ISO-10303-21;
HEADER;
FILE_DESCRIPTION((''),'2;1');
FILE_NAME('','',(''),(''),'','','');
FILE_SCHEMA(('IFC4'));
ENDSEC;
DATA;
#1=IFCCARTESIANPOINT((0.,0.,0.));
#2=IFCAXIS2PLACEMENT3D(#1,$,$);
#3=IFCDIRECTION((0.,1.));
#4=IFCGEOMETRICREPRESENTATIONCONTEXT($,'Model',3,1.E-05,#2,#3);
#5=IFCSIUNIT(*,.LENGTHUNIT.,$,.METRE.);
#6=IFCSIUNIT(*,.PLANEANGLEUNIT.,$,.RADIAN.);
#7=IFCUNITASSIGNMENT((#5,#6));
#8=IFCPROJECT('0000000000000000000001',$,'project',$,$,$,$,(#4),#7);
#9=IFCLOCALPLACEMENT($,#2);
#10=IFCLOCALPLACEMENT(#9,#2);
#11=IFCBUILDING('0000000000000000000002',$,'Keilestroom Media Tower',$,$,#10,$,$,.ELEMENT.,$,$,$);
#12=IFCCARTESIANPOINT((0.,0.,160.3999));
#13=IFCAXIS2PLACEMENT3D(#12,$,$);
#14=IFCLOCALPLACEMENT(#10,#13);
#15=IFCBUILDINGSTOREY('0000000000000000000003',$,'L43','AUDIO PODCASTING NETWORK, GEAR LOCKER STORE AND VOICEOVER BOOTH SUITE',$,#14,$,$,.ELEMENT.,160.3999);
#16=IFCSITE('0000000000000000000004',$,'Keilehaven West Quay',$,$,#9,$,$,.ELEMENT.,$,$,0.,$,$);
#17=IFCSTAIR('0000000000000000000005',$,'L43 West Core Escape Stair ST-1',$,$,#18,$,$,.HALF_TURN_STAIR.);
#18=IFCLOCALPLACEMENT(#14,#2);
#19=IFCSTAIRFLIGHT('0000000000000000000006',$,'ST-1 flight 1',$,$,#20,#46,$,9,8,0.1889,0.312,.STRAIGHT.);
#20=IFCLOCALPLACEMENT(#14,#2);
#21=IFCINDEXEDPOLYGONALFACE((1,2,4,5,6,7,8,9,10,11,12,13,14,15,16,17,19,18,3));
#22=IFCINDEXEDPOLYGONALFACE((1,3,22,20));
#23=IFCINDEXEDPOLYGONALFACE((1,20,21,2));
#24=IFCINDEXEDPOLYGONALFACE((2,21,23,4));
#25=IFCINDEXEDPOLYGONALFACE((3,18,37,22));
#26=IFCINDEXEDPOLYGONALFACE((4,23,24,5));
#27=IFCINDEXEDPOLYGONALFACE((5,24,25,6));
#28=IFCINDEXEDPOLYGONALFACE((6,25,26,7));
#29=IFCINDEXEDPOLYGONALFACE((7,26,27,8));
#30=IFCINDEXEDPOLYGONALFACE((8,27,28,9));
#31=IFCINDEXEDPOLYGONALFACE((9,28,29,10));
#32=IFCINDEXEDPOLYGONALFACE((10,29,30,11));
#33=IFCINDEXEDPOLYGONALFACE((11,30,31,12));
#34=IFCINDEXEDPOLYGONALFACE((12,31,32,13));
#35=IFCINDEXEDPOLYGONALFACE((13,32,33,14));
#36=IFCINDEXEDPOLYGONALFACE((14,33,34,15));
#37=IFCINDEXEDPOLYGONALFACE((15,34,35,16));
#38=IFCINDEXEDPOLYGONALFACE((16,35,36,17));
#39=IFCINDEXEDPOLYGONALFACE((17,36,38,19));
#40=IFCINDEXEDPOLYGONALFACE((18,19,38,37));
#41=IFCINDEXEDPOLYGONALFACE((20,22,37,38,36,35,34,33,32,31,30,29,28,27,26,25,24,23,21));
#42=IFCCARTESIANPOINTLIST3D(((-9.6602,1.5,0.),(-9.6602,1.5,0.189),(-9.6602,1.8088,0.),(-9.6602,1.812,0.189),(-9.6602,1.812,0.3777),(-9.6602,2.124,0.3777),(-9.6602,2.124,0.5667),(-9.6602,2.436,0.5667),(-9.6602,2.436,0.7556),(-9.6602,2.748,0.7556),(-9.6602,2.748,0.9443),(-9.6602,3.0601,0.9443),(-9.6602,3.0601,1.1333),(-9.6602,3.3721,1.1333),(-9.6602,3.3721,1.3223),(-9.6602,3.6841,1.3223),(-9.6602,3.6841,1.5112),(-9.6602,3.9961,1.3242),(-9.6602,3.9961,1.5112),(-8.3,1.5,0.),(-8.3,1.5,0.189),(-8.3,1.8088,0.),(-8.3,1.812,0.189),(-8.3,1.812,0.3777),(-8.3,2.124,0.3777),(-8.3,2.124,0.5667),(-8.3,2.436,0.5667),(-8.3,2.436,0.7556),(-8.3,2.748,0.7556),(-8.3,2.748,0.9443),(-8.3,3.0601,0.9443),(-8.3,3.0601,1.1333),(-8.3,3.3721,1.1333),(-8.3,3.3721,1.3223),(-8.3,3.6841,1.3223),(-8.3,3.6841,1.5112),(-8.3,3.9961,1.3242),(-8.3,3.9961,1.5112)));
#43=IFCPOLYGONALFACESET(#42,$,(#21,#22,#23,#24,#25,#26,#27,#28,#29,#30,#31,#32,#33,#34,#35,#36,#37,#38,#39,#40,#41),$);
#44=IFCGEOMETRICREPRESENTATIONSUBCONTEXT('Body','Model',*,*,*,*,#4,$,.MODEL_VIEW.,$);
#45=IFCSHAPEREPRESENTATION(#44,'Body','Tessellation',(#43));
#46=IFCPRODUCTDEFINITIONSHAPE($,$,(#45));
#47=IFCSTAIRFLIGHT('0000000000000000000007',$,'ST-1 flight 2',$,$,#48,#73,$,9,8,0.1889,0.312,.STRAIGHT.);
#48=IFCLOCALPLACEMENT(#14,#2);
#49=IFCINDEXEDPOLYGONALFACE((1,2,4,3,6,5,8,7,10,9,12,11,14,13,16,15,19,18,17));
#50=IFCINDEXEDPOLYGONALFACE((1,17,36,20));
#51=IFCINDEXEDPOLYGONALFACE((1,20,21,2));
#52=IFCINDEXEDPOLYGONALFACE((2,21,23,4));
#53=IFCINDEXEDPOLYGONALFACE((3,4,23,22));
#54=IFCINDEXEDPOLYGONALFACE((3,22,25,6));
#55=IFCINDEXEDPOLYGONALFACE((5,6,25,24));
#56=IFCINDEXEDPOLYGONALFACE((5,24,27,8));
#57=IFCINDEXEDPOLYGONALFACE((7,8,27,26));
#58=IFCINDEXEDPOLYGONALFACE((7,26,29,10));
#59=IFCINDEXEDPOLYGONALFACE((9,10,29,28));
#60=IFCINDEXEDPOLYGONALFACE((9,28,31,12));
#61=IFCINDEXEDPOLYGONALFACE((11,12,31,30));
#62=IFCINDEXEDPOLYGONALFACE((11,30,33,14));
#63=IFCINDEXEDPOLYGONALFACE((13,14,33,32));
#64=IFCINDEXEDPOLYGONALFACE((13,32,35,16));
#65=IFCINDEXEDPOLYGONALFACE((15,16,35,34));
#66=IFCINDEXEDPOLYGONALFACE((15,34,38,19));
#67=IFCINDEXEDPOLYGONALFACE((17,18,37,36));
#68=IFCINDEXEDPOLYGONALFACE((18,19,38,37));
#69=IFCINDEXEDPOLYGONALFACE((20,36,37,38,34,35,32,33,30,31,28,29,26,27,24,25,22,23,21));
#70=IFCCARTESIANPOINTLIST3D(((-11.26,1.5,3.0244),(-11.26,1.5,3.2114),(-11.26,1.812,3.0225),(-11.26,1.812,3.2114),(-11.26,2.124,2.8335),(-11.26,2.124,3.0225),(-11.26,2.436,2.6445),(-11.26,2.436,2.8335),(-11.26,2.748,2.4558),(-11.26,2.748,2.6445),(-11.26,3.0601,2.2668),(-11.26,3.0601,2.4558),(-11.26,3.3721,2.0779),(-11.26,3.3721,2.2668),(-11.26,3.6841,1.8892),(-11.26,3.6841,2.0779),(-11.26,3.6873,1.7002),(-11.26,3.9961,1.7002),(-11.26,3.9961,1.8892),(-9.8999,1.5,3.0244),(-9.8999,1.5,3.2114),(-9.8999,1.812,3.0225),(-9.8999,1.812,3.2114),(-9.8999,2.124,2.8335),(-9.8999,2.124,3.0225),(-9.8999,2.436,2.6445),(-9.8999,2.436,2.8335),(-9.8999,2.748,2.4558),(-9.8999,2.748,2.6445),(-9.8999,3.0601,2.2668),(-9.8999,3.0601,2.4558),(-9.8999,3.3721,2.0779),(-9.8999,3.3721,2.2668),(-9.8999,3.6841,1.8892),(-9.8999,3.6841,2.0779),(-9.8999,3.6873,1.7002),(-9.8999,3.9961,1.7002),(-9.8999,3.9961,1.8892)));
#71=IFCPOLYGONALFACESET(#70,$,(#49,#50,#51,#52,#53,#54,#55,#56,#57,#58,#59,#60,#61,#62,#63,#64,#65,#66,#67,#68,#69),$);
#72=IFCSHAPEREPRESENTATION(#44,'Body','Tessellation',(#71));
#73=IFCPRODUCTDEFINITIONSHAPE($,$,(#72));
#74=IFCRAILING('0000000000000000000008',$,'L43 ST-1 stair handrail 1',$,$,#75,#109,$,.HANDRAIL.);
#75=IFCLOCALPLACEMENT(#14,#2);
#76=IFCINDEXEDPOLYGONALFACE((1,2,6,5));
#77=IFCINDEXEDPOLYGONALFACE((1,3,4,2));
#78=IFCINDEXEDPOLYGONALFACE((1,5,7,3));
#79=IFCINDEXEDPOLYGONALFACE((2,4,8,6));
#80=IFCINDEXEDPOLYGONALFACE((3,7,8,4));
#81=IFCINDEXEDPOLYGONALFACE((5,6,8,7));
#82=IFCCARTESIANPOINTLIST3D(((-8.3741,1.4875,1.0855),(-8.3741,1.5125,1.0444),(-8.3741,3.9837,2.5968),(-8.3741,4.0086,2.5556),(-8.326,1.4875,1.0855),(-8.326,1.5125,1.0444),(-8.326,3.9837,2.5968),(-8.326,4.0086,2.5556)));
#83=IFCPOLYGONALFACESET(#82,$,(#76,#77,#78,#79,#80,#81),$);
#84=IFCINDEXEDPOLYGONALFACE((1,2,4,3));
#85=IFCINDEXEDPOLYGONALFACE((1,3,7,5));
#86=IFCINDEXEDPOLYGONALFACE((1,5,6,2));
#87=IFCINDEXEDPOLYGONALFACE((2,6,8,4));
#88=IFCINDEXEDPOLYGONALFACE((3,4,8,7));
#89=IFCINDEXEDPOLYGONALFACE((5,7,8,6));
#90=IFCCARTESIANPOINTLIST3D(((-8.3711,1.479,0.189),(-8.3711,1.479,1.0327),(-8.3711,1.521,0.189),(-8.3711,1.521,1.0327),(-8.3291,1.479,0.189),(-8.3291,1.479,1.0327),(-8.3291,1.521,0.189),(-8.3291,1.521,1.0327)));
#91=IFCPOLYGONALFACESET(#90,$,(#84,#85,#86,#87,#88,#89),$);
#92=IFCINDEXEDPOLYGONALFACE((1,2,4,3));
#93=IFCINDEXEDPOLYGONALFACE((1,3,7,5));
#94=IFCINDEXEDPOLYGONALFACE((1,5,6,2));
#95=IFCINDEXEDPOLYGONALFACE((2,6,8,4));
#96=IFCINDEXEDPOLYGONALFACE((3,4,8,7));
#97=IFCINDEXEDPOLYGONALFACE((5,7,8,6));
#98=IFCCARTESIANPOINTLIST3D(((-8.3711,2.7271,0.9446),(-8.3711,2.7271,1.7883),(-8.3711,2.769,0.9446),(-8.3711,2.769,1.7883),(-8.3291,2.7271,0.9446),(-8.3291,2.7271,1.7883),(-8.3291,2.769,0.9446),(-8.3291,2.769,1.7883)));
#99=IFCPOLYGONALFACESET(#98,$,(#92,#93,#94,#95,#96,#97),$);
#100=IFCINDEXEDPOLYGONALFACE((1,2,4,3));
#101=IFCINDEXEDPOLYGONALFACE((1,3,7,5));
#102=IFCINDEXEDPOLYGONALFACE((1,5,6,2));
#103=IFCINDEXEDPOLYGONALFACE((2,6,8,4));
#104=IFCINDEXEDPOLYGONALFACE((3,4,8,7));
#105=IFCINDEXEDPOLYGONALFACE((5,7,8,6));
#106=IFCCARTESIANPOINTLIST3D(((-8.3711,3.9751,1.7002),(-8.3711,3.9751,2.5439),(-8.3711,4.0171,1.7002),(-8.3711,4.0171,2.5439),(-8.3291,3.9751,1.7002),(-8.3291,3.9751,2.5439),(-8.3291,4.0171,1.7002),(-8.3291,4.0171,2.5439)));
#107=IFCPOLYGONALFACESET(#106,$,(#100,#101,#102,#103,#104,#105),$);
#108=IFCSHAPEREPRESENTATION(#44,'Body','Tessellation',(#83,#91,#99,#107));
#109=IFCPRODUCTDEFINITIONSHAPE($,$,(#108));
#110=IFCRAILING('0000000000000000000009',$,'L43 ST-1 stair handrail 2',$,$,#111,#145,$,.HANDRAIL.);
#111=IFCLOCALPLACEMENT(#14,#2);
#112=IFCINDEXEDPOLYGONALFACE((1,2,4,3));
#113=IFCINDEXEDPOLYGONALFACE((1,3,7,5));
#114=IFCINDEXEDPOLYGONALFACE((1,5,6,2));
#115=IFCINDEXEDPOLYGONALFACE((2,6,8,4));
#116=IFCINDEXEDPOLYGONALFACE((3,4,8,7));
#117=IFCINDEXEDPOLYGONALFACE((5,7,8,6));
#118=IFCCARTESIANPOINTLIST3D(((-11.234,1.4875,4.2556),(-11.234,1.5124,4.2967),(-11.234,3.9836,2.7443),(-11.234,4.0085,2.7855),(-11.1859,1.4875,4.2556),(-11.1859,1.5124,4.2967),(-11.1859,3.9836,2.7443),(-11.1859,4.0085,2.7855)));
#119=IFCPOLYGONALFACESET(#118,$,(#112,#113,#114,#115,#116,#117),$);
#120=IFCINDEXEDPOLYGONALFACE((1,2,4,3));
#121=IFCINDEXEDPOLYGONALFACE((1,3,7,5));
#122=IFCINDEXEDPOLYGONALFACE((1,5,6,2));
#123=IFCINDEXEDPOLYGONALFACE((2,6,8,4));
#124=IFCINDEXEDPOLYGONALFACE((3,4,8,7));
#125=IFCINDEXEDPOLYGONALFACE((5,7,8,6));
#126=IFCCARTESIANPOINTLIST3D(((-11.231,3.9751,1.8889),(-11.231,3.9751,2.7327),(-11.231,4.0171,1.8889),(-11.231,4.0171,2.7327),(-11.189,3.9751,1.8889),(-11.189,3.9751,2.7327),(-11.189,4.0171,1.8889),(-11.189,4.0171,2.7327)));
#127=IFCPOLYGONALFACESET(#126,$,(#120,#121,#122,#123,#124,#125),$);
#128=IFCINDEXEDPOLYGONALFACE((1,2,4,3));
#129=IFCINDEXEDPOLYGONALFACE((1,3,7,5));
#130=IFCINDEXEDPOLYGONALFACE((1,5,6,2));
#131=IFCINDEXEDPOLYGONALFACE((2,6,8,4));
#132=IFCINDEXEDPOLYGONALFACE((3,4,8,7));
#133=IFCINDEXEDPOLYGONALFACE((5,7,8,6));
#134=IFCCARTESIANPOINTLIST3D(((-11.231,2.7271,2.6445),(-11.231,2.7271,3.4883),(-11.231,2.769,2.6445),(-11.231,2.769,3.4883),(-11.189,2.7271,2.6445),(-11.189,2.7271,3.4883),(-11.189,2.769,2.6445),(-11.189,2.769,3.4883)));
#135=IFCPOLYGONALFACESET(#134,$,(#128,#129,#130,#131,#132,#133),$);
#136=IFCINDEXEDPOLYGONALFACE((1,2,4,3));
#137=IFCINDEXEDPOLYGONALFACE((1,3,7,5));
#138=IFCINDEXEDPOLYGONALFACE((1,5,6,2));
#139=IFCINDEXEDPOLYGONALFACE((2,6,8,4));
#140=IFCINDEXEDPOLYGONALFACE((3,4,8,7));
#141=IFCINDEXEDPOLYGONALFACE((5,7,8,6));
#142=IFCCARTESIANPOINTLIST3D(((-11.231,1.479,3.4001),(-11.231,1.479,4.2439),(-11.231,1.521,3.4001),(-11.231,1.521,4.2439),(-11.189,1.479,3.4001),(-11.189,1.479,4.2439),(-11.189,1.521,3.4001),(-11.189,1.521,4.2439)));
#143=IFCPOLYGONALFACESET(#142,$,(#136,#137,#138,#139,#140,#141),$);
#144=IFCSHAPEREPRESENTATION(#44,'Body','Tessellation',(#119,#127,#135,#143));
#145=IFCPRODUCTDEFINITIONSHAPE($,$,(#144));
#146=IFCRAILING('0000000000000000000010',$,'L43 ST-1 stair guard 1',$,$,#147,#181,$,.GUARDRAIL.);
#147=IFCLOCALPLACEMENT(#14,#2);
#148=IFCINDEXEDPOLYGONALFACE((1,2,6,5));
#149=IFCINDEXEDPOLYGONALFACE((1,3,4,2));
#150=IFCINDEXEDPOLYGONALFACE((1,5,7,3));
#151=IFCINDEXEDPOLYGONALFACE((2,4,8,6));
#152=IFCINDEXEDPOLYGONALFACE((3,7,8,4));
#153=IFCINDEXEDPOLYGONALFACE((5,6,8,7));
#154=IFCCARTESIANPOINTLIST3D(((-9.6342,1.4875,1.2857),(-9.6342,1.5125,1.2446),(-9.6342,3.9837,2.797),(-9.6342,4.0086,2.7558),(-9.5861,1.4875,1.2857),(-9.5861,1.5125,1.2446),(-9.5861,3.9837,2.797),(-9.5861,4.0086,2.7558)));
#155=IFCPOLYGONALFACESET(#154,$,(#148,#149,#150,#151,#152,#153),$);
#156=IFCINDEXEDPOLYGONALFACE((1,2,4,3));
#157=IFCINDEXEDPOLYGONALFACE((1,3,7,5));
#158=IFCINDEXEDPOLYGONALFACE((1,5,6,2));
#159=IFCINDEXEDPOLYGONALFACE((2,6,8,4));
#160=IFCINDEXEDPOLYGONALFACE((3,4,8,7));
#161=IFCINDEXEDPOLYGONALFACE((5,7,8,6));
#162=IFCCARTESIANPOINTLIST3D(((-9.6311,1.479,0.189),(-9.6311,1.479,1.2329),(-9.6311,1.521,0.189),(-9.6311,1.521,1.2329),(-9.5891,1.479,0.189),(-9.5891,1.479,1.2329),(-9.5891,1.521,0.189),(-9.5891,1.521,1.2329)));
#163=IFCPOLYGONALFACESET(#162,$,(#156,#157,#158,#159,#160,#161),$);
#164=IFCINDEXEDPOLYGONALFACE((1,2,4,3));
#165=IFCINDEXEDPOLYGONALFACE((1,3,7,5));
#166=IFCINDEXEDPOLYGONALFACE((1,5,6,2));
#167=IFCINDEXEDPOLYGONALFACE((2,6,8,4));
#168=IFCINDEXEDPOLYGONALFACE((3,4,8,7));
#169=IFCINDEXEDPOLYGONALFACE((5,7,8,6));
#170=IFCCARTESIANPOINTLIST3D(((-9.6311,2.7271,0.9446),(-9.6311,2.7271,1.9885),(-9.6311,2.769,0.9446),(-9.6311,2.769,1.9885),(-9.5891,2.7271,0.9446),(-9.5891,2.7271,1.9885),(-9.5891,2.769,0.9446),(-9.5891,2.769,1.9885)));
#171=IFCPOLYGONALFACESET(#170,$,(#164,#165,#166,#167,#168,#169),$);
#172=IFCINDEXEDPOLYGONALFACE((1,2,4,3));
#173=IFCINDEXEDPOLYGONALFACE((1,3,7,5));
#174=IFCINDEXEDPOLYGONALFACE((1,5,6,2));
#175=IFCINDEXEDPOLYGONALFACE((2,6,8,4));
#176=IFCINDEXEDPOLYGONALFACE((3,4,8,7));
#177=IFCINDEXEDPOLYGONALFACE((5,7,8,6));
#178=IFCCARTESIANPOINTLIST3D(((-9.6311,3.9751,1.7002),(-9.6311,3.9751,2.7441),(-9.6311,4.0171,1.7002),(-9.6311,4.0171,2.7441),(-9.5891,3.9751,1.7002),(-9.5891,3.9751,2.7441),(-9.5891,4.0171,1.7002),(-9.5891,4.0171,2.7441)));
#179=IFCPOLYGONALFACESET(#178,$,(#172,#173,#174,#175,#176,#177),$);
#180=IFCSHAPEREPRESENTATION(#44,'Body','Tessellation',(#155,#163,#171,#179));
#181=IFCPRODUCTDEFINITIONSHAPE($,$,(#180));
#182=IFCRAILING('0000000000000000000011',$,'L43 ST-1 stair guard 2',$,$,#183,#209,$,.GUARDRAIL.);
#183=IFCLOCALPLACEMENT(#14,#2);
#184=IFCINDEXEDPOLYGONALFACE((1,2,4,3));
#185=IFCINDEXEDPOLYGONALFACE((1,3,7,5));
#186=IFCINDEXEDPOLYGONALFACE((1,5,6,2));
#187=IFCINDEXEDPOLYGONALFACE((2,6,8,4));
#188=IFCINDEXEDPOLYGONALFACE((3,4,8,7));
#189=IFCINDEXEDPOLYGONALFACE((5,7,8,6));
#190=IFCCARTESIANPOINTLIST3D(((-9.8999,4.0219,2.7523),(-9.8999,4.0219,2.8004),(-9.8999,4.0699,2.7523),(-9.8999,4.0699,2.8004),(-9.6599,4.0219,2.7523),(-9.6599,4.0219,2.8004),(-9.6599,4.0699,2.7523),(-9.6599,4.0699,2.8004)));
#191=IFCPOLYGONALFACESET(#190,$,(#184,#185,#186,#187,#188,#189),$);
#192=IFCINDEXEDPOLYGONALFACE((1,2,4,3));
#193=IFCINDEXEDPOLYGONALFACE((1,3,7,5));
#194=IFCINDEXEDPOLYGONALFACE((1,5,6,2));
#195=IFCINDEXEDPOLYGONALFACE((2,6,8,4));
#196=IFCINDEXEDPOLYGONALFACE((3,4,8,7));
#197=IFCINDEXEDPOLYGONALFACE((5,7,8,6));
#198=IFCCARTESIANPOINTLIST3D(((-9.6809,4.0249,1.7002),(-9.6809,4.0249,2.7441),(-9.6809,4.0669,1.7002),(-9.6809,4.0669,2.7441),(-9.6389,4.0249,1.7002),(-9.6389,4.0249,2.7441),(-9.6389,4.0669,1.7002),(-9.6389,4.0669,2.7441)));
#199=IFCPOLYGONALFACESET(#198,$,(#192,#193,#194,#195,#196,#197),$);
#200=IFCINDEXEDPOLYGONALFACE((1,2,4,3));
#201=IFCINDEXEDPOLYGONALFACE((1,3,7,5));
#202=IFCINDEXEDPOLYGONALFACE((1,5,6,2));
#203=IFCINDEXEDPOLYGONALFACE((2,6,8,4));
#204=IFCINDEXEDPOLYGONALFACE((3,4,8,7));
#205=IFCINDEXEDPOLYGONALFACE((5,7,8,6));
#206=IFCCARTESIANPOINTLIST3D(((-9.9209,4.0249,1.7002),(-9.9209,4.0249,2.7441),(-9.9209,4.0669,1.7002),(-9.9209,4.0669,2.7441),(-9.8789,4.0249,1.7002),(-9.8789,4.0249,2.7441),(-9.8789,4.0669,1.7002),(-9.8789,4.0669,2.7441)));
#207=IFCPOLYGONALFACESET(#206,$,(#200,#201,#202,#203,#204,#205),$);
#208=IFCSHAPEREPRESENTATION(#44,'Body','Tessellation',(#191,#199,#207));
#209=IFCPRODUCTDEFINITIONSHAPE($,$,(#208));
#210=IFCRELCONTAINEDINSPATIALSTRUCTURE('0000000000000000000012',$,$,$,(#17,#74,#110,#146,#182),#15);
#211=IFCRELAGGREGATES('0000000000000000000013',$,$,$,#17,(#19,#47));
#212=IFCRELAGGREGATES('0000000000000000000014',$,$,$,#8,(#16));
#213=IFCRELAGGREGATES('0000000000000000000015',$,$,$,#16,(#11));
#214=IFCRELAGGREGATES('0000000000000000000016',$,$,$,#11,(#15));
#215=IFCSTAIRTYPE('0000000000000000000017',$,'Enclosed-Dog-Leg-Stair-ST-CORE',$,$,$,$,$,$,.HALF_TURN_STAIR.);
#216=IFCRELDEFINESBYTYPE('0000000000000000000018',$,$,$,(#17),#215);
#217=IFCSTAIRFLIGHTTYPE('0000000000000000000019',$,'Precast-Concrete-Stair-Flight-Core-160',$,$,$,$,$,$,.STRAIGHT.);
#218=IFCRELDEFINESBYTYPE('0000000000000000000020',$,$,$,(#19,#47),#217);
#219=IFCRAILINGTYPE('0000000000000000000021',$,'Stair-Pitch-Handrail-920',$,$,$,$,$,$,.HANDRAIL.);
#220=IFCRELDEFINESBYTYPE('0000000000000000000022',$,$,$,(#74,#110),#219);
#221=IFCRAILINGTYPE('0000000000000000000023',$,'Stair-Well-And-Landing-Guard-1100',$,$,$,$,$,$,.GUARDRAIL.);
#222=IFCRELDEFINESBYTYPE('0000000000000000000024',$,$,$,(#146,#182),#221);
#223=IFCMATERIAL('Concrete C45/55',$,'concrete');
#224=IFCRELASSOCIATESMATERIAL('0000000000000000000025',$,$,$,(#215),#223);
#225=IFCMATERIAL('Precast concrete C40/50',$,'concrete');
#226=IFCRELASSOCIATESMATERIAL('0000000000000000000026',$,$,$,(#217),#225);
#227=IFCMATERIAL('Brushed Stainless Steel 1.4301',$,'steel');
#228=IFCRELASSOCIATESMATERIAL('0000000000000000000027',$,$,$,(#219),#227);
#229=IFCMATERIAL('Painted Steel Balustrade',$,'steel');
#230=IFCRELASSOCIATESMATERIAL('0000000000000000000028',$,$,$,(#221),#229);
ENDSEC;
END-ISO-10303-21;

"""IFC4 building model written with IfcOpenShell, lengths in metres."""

from ifc_helpers import new_model, si_unit, direction, frame, origin, origin_2d, place, context, subcontext, project, spatial, polyline, rectangle, outline, extrude, material, type_object, element, aggregate, save


model = new_model("IFC4")

# Units and contexts
model_context = context("Model", 3, precision=1e-05, world=origin(), true_north=direction((0.0, 1.0)))
body_context = subcontext(model_context, "Body", "Model", "MODEL_VIEW")
ifc_project = project(units=[si_unit("LENGTHUNIT", "METRE"), si_unit("PLANEANGLEUNIT", "RADIAN")], contexts=[model_context])

# Site, building, storey
site_placement = place(None, origin())
site = spatial("IfcSite", under=ifc_project, at=site_placement, Name="Keilehaven West Quay", CompositionType="ELEMENT", RefElevation=0.0)
building_placement = place(site_placement, origin())
building = spatial("IfcBuilding", under=site, at=building_placement, Name="Keilestroom Media Tower", CompositionType="ELEMENT")
storey_placement = place(building_placement, frame((0.0, 0.0, 160.3999)))
storey = spatial("IfcBuildingStorey", under=building, at=storey_placement, Name="L43", Description="AUDIO PODCASTING NETWORK, GEAR LOCKER STORE AND VOICEOVER BOOTH SUITE", CompositionType="ELEMENT", Elevation=160.3999)

# Shared definitions
ifc_material_1 = material(Name="Precast concrete C40/50", Category="concrete")

# Shared definitions
ifc_material_2 = material(Name="Concrete C45/55", Category="concrete")

# Stair, stair flights
stair_type = type_object("IfcStairType", Name="Enclosed-Dog-Leg-Stair-ST-CORE", PredefinedType="HALF_TURN_STAIR", material=ifc_material_2)
stair_placement = place(storey_placement, origin())
stair = element("IfcStair", 1, at=stair_placement, inside=storey, type_object=stair_type, Name="L43 West Core Escape Stair ST-1", PredefinedType="HALF_TURN_STAIR")
stair_flight_type = type_object("IfcStairFlightType", Name="Precast-Concrete-Stair-Flight-Core-160", PredefinedType="STRAIGHT", material=ifc_material_1)
stair_flight_1_placement = place(storey_placement, frame((-8.98, 1.5, 0.0), z_axis=(0.0, 0.0, 1.0), x_axis=(0.0, 1.0, 0.0)))
stair_flight_1 = element("IfcStairFlight", 2, at=stair_flight_1_placement, type_object=stair_flight_type, Name="ST-1 flight 1", NumberOfRisers=9, NumberOfTreads=8, PredefinedType="STRAIGHT", RiserHeight=0.1889, TreadLength=0.312, context=body_context, shape_type="SweptSolid", body=[
    extrude(outline(polyline([(0.0, 0.0), (0.0, 0.189), (0.312, 0.189), (0.312, 0.3777), (0.624, 0.3777), (0.624, 0.5667), (0.936, 0.5667), (0.936, 0.7556), (1.248, 0.7556), (1.248, 0.9443), (1.5601, 0.9443), (1.5601, 1.1333), (1.8721, 1.1333), (1.8721, 1.3223), (2.1841, 1.3223), (2.1841, 1.5112), (2.4961, 1.5112), (2.4961, 1.7), (2.4961, 1.3242), (0.3088, 0.0), (0.0, 0.0)])), frame((0.0, 0.6802, 0.0), z_axis=(0.0, -1.0, 0.0), x_axis=(1.0, 0.0, 0.0)), (0.0, 0.0, 1.0), 1.3601),
])
stair_flight_2_placement = place(storey_placement, frame((-10.5801, 3.9961, 1.7002), z_axis=(0.0, 0.0, 1.0), x_axis=(0.0, -1.0, 0.0)))
stair_flight_2 = element("IfcStairFlight", 3, at=stair_flight_2_placement, type_object=stair_flight_type, Name="ST-1 flight 2", NumberOfRisers=9, NumberOfTreads=8, PredefinedType="STRAIGHT", RiserHeight=0.1889, TreadLength=0.312, context=body_context, shape_type="SweptSolid", body=[
    extrude(outline(polyline([(0.0, 0.0), (0.0, 0.189), (0.312, 0.189), (0.312, 0.3777), (0.624, 0.3777), (0.624, 0.5667), (0.936, 0.5667), (0.936, 0.7556), (1.248, 0.7556), (1.248, 0.9443), (1.5601, 0.9443), (1.5601, 1.1333), (1.8721, 1.1333), (1.8721, 1.3223), (2.1841, 1.3223), (2.1841, 1.5112), (2.4961, 1.5112), (2.4961, 1.7), (2.4961, 1.3242), (0.3088, 0.0), (0.0, 0.0)])), frame((0.0, 0.6802, 0.0), z_axis=(0.0, -1.0, 0.0), x_axis=(1.0, 0.0, 0.0)), (0.0, 0.0, 1.0), 1.3601),
])
aggregate(stair, [stair_flight_1, stair_flight_2])

# Railings
ifc_material_3 = material(Name="Brushed Stainless Steel 1.4301", Category="steel")
railing_type_1 = type_object("IfcRailingType", Name="Stair-Pitch-Handrail-920", PredefinedType="HANDRAIL", material=ifc_material_3)
railing_1_placement = place(storey_placement, frame((-8.3501, 1.5, 0.189)))
element("IfcRailing", 4, at=railing_1_placement, inside=storey, type_object=railing_type_1, Name="L43 ST-1 stair handrail 1", PredefinedType="HANDRAIL", context=body_context, shape_type="SweptSolid", body=[
    extrude(rectangle(XDim=0.0481, YDim=0.0481, at=origin_2d()), frame((0.0, 0.0, 0.876), z_axis=(0.0, 0.855434, 0.517912), x_axis=(-1.0, 0.0, 0.0)), (0.0, 0.0, 1.0), 2.918),
    extrude(rectangle(XDim=0.042, YDim=0.042, at=origin_2d()), origin(), (0.0, 0.0, 1.0), 0.8438),
    extrude(rectangle(XDim=0.042, YDim=0.042, at=origin_2d()), frame((0.0, 1.248, 0.7556)), (0.0, 0.0, 1.0), 0.8438),
    extrude(rectangle(XDim=0.042, YDim=0.042, at=origin_2d()), frame((0.0, 2.4961, 1.5112)), (0.0, 0.0, 1.0), 0.8438),
])
railing_2_placement = place(storey_placement, frame((-11.21, 3.9961, 1.8889)))
element("IfcRailing", 5, at=railing_2_placement, inside=storey, type_object=railing_type_1, Name="L43 ST-1 stair handrail 2", PredefinedType="HANDRAIL", context=body_context, shape_type="SweptSolid", body=[
    extrude(rectangle(XDim=0.0481, YDim=0.0481, at=origin_2d()), frame((0.0, 0.0, 0.876), z_axis=(0.0, -0.855434, 0.517912), x_axis=(1.0, 0.0, 0.0)), (0.0, 0.0, 1.0), 2.918),
    extrude(rectangle(XDim=0.042, YDim=0.042, at=origin_2d()), origin(), (0.0, 0.0, 1.0), 0.8438),
    extrude(rectangle(XDim=0.042, YDim=0.042, at=origin_2d()), frame((0.0, -1.248, 0.7556)), (0.0, 0.0, 1.0), 0.8438),
    extrude(rectangle(XDim=0.042, YDim=0.042, at=origin_2d()), frame((0.0, -2.4961, 1.5112)), (0.0, 0.0, 1.0), 0.8438),
])
ifc_material_4 = material(Name="Painted Steel Balustrade", Category="steel")
railing_type_2 = type_object("IfcRailingType", Name="Stair-Well-And-Landing-Guard-1100", PredefinedType="GUARDRAIL", material=ifc_material_4)
railing_3_placement = place(storey_placement, frame((-9.6101, 1.5, 0.189)))
element("IfcRailing", 6, at=railing_3_placement, inside=storey, type_object=railing_type_2, Name="L43 ST-1 stair guard 1", PredefinedType="GUARDRAIL", context=body_context, shape_type="SweptSolid", body=[
    extrude(rectangle(XDim=0.0481, YDim=0.0481, at=origin_2d()), frame((0.0, 0.0, 1.0762), z_axis=(0.0, 0.855434, 0.517912), x_axis=(-1.0, 0.0, 0.0)), (0.0, 0.0, 1.0), 2.918),
    extrude(rectangle(XDim=0.042, YDim=0.042, at=origin_2d()), origin(), (0.0, 0.0, 1.0), 1.0439),
    extrude(rectangle(XDim=0.042, YDim=0.042, at=origin_2d()), frame((0.0, 1.248, 0.7556)), (0.0, 0.0, 1.0), 1.0439),
    extrude(rectangle(XDim=0.042, YDim=0.042, at=origin_2d()), frame((0.0, 2.4961, 1.5112)), (0.0, 0.0, 1.0), 1.0439),
])
railing_4_placement = place(storey_placement, frame((-9.6599, 4.0459, 1.7002)))
element("IfcRailing", 7, at=railing_4_placement, inside=storey, type_object=railing_type_2, Name="L43 ST-1 stair guard 2", PredefinedType="GUARDRAIL", context=body_context, shape_type="SweptSolid", body=[
    extrude(rectangle(XDim=0.0481, YDim=0.0481, at=origin_2d()), frame((0.0, 0.0, 1.0762), z_axis=(-1.0, 0.0, 0.0), x_axis=(0.0, -1.0, 0.0)), (0.0, 0.0, 1.0), 0.24),
    extrude(rectangle(XDim=0.042, YDim=0.042, at=origin_2d()), origin(), (0.0, 0.0, 1.0), 1.0439),
    extrude(rectangle(XDim=0.042, YDim=0.042, at=origin_2d()), frame((-0.24, 0.0, 0.0)), (0.0, 0.0, 1.0), 1.0439),
])

save(model, "model.ifc")
